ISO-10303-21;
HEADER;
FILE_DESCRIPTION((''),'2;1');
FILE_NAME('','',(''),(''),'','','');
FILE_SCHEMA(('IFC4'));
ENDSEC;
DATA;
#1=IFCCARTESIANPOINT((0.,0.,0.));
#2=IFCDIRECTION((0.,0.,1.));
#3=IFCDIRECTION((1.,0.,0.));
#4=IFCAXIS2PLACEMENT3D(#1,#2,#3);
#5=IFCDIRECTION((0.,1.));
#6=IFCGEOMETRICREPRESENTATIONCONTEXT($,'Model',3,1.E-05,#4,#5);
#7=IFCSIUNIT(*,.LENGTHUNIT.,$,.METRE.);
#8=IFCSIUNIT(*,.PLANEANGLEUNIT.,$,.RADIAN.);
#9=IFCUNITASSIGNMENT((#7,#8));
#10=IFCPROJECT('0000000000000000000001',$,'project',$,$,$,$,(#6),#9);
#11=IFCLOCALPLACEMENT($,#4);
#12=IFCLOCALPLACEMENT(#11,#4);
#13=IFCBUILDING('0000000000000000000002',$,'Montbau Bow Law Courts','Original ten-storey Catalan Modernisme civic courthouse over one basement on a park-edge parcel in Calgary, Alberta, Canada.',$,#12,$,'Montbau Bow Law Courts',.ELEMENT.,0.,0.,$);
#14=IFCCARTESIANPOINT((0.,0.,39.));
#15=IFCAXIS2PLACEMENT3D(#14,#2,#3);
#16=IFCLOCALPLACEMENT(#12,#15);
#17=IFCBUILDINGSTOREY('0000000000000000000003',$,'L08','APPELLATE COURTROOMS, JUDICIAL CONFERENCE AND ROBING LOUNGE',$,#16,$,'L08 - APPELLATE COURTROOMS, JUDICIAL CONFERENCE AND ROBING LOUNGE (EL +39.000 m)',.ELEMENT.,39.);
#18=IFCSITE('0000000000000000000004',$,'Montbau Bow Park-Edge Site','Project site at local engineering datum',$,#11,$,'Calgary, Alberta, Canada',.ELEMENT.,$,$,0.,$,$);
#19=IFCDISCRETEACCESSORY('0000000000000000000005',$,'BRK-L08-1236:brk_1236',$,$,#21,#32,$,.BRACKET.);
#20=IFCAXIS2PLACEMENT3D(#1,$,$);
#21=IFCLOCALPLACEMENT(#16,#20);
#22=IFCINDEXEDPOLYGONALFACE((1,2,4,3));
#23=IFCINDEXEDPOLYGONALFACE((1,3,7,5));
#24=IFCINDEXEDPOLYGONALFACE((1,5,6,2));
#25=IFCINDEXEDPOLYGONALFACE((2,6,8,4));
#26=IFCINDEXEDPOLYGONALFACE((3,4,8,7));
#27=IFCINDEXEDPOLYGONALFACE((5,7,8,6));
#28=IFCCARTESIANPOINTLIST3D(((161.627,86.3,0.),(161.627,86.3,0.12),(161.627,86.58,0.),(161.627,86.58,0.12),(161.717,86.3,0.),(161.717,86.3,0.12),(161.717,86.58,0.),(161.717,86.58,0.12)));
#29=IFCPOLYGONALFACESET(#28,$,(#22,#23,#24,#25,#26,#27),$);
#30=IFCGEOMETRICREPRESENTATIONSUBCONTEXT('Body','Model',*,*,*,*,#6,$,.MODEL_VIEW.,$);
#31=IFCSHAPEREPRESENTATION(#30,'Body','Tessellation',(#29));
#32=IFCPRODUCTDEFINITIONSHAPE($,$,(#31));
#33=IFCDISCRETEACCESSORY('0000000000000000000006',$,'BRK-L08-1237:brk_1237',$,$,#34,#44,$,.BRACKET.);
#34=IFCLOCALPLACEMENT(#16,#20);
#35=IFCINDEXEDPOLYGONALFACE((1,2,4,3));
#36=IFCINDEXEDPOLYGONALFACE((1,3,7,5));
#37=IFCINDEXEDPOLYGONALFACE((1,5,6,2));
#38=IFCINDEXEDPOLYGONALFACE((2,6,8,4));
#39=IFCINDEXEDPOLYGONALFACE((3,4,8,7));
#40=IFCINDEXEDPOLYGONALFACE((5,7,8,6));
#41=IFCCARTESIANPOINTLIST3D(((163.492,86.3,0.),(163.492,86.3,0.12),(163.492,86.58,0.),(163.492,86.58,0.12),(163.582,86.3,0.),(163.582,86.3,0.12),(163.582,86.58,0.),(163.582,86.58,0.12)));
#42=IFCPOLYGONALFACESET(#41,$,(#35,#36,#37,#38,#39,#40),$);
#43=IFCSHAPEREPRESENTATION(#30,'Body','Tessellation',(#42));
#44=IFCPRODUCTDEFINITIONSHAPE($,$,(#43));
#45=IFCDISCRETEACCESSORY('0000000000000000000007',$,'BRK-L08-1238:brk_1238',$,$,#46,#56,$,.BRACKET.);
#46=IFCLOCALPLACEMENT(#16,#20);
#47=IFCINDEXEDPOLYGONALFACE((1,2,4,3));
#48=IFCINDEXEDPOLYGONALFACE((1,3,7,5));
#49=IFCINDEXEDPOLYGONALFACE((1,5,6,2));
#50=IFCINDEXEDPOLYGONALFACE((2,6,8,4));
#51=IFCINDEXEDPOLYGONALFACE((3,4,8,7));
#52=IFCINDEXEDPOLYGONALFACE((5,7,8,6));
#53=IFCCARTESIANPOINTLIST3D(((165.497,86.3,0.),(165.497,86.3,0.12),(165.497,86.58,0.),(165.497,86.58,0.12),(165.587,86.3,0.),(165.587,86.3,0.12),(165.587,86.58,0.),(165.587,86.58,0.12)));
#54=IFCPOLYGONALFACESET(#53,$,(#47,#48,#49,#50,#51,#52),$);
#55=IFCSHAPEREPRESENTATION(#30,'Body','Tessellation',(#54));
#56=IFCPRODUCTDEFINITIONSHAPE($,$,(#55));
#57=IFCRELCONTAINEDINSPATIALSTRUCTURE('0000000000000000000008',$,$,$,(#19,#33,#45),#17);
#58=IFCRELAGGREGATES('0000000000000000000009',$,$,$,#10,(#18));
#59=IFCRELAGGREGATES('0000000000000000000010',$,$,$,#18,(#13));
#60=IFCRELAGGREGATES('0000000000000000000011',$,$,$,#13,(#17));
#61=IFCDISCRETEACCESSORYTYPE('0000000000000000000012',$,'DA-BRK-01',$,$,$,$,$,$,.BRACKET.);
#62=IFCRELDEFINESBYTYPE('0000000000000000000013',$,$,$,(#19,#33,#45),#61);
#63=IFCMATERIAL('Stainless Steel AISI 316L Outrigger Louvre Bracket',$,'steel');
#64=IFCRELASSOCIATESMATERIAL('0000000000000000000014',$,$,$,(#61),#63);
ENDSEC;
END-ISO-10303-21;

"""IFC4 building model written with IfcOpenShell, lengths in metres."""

from ifc_helpers import new_model, si_unit, direction, frame, origin_with_axes, origin_2d_with_axis, place, context, subcontext, project, spatial, rectangle, extrude, material, type_object, element, save


model = new_model("IFC4")

# Units and contexts
model_context = context("Model", 3, precision=1e-05, world=origin_with_axes(), true_north=direction((0.0, 1.0)))
body_context = subcontext(model_context, "Body", "Model", "MODEL_VIEW")
ifc_project = project(units=[si_unit("LENGTHUNIT", "METRE"), si_unit("PLANEANGLEUNIT", "RADIAN")], contexts=[model_context])

# Site, building, storey
site_placement = place(None, origin_with_axes())
site = spatial("IfcSite", under=ifc_project, at=site_placement, Name="Montbau Bow Park-Edge Site", Description="Project site at local engineering datum", LongName="Calgary, Alberta, Canada", CompositionType="ELEMENT", RefElevation=0.0)
building_placement = place(site_placement, origin_with_axes())
building = spatial("IfcBuilding", under=site, at=building_placement, Name="Montbau Bow Law Courts", Description="Original ten-storey Catalan Modernisme civic courthouse over one basement on a park-edge parcel in Calgary, Alberta, Canada.", LongName="Montbau Bow Law Courts", CompositionType="ELEMENT", ElevationOfRefHeight=0.0, ElevationOfTerrain=0.0)
storey_placement = place(building_placement, frame((0.0, 0.0, 39.0), z_axis=(0.0, 0.0, 1.0), x_axis=(1.0, 0.0, 0.0)))
storey = spatial("IfcBuildingStorey", under=building, at=storey_placement, Name="L08", Description="APPELLATE COURTROOMS, JUDICIAL CONFERENCE AND ROBING LOUNGE", LongName="L08 - APPELLATE COURTROOMS, JUDICIAL CONFERENCE AND ROBING LOUNGE (EL +39.000 m)", CompositionType="ELEMENT", Elevation=39.0)

# Discrete accessories
ifc_material_1 = material(Name="Stainless Steel AISI 316L Outrigger Louvre Bracket", Category="steel")
discrete_accessory_type = type_object("IfcDiscreteAccessoryType", Name="DA-BRK-01", PredefinedType="BRACKET", material=ifc_material_1)
for number, where, z_axis, x_axis, name in (
    (1, (161.672, 86.44, 39.0), (0.0, 0.0, 1.0), (0.0, -1.0, 0.0), "BRK-L08-1236:brk_1236"),
    (2, (163.537, 86.44, 39.0), (0.0, 0.0, 1.0), (0.0, -1.0, 0.0), "BRK-L08-1237:brk_1237"),
    (3, (165.542, 86.44, 39.0), (0.0, 0.0, 1.0), (0.0, -1.0, 0.0), "BRK-L08-1238:brk_1238"),
):
    element("IfcDiscreteAccessory", number, at=place(None, frame(where, z_axis=z_axis, x_axis=x_axis)), inside=storey, type_object=discrete_accessory_type, Name=name, PredefinedType="BRACKET", context=body_context, shape_type="SweptSolid", body=[
        extrude(rectangle(XDim=0.28, YDim=0.09, at=origin_2d_with_axis()), origin_with_axes(), (0.0, 0.0, 1.0), 0.12),
    ])

save(model, "model.ifc")
